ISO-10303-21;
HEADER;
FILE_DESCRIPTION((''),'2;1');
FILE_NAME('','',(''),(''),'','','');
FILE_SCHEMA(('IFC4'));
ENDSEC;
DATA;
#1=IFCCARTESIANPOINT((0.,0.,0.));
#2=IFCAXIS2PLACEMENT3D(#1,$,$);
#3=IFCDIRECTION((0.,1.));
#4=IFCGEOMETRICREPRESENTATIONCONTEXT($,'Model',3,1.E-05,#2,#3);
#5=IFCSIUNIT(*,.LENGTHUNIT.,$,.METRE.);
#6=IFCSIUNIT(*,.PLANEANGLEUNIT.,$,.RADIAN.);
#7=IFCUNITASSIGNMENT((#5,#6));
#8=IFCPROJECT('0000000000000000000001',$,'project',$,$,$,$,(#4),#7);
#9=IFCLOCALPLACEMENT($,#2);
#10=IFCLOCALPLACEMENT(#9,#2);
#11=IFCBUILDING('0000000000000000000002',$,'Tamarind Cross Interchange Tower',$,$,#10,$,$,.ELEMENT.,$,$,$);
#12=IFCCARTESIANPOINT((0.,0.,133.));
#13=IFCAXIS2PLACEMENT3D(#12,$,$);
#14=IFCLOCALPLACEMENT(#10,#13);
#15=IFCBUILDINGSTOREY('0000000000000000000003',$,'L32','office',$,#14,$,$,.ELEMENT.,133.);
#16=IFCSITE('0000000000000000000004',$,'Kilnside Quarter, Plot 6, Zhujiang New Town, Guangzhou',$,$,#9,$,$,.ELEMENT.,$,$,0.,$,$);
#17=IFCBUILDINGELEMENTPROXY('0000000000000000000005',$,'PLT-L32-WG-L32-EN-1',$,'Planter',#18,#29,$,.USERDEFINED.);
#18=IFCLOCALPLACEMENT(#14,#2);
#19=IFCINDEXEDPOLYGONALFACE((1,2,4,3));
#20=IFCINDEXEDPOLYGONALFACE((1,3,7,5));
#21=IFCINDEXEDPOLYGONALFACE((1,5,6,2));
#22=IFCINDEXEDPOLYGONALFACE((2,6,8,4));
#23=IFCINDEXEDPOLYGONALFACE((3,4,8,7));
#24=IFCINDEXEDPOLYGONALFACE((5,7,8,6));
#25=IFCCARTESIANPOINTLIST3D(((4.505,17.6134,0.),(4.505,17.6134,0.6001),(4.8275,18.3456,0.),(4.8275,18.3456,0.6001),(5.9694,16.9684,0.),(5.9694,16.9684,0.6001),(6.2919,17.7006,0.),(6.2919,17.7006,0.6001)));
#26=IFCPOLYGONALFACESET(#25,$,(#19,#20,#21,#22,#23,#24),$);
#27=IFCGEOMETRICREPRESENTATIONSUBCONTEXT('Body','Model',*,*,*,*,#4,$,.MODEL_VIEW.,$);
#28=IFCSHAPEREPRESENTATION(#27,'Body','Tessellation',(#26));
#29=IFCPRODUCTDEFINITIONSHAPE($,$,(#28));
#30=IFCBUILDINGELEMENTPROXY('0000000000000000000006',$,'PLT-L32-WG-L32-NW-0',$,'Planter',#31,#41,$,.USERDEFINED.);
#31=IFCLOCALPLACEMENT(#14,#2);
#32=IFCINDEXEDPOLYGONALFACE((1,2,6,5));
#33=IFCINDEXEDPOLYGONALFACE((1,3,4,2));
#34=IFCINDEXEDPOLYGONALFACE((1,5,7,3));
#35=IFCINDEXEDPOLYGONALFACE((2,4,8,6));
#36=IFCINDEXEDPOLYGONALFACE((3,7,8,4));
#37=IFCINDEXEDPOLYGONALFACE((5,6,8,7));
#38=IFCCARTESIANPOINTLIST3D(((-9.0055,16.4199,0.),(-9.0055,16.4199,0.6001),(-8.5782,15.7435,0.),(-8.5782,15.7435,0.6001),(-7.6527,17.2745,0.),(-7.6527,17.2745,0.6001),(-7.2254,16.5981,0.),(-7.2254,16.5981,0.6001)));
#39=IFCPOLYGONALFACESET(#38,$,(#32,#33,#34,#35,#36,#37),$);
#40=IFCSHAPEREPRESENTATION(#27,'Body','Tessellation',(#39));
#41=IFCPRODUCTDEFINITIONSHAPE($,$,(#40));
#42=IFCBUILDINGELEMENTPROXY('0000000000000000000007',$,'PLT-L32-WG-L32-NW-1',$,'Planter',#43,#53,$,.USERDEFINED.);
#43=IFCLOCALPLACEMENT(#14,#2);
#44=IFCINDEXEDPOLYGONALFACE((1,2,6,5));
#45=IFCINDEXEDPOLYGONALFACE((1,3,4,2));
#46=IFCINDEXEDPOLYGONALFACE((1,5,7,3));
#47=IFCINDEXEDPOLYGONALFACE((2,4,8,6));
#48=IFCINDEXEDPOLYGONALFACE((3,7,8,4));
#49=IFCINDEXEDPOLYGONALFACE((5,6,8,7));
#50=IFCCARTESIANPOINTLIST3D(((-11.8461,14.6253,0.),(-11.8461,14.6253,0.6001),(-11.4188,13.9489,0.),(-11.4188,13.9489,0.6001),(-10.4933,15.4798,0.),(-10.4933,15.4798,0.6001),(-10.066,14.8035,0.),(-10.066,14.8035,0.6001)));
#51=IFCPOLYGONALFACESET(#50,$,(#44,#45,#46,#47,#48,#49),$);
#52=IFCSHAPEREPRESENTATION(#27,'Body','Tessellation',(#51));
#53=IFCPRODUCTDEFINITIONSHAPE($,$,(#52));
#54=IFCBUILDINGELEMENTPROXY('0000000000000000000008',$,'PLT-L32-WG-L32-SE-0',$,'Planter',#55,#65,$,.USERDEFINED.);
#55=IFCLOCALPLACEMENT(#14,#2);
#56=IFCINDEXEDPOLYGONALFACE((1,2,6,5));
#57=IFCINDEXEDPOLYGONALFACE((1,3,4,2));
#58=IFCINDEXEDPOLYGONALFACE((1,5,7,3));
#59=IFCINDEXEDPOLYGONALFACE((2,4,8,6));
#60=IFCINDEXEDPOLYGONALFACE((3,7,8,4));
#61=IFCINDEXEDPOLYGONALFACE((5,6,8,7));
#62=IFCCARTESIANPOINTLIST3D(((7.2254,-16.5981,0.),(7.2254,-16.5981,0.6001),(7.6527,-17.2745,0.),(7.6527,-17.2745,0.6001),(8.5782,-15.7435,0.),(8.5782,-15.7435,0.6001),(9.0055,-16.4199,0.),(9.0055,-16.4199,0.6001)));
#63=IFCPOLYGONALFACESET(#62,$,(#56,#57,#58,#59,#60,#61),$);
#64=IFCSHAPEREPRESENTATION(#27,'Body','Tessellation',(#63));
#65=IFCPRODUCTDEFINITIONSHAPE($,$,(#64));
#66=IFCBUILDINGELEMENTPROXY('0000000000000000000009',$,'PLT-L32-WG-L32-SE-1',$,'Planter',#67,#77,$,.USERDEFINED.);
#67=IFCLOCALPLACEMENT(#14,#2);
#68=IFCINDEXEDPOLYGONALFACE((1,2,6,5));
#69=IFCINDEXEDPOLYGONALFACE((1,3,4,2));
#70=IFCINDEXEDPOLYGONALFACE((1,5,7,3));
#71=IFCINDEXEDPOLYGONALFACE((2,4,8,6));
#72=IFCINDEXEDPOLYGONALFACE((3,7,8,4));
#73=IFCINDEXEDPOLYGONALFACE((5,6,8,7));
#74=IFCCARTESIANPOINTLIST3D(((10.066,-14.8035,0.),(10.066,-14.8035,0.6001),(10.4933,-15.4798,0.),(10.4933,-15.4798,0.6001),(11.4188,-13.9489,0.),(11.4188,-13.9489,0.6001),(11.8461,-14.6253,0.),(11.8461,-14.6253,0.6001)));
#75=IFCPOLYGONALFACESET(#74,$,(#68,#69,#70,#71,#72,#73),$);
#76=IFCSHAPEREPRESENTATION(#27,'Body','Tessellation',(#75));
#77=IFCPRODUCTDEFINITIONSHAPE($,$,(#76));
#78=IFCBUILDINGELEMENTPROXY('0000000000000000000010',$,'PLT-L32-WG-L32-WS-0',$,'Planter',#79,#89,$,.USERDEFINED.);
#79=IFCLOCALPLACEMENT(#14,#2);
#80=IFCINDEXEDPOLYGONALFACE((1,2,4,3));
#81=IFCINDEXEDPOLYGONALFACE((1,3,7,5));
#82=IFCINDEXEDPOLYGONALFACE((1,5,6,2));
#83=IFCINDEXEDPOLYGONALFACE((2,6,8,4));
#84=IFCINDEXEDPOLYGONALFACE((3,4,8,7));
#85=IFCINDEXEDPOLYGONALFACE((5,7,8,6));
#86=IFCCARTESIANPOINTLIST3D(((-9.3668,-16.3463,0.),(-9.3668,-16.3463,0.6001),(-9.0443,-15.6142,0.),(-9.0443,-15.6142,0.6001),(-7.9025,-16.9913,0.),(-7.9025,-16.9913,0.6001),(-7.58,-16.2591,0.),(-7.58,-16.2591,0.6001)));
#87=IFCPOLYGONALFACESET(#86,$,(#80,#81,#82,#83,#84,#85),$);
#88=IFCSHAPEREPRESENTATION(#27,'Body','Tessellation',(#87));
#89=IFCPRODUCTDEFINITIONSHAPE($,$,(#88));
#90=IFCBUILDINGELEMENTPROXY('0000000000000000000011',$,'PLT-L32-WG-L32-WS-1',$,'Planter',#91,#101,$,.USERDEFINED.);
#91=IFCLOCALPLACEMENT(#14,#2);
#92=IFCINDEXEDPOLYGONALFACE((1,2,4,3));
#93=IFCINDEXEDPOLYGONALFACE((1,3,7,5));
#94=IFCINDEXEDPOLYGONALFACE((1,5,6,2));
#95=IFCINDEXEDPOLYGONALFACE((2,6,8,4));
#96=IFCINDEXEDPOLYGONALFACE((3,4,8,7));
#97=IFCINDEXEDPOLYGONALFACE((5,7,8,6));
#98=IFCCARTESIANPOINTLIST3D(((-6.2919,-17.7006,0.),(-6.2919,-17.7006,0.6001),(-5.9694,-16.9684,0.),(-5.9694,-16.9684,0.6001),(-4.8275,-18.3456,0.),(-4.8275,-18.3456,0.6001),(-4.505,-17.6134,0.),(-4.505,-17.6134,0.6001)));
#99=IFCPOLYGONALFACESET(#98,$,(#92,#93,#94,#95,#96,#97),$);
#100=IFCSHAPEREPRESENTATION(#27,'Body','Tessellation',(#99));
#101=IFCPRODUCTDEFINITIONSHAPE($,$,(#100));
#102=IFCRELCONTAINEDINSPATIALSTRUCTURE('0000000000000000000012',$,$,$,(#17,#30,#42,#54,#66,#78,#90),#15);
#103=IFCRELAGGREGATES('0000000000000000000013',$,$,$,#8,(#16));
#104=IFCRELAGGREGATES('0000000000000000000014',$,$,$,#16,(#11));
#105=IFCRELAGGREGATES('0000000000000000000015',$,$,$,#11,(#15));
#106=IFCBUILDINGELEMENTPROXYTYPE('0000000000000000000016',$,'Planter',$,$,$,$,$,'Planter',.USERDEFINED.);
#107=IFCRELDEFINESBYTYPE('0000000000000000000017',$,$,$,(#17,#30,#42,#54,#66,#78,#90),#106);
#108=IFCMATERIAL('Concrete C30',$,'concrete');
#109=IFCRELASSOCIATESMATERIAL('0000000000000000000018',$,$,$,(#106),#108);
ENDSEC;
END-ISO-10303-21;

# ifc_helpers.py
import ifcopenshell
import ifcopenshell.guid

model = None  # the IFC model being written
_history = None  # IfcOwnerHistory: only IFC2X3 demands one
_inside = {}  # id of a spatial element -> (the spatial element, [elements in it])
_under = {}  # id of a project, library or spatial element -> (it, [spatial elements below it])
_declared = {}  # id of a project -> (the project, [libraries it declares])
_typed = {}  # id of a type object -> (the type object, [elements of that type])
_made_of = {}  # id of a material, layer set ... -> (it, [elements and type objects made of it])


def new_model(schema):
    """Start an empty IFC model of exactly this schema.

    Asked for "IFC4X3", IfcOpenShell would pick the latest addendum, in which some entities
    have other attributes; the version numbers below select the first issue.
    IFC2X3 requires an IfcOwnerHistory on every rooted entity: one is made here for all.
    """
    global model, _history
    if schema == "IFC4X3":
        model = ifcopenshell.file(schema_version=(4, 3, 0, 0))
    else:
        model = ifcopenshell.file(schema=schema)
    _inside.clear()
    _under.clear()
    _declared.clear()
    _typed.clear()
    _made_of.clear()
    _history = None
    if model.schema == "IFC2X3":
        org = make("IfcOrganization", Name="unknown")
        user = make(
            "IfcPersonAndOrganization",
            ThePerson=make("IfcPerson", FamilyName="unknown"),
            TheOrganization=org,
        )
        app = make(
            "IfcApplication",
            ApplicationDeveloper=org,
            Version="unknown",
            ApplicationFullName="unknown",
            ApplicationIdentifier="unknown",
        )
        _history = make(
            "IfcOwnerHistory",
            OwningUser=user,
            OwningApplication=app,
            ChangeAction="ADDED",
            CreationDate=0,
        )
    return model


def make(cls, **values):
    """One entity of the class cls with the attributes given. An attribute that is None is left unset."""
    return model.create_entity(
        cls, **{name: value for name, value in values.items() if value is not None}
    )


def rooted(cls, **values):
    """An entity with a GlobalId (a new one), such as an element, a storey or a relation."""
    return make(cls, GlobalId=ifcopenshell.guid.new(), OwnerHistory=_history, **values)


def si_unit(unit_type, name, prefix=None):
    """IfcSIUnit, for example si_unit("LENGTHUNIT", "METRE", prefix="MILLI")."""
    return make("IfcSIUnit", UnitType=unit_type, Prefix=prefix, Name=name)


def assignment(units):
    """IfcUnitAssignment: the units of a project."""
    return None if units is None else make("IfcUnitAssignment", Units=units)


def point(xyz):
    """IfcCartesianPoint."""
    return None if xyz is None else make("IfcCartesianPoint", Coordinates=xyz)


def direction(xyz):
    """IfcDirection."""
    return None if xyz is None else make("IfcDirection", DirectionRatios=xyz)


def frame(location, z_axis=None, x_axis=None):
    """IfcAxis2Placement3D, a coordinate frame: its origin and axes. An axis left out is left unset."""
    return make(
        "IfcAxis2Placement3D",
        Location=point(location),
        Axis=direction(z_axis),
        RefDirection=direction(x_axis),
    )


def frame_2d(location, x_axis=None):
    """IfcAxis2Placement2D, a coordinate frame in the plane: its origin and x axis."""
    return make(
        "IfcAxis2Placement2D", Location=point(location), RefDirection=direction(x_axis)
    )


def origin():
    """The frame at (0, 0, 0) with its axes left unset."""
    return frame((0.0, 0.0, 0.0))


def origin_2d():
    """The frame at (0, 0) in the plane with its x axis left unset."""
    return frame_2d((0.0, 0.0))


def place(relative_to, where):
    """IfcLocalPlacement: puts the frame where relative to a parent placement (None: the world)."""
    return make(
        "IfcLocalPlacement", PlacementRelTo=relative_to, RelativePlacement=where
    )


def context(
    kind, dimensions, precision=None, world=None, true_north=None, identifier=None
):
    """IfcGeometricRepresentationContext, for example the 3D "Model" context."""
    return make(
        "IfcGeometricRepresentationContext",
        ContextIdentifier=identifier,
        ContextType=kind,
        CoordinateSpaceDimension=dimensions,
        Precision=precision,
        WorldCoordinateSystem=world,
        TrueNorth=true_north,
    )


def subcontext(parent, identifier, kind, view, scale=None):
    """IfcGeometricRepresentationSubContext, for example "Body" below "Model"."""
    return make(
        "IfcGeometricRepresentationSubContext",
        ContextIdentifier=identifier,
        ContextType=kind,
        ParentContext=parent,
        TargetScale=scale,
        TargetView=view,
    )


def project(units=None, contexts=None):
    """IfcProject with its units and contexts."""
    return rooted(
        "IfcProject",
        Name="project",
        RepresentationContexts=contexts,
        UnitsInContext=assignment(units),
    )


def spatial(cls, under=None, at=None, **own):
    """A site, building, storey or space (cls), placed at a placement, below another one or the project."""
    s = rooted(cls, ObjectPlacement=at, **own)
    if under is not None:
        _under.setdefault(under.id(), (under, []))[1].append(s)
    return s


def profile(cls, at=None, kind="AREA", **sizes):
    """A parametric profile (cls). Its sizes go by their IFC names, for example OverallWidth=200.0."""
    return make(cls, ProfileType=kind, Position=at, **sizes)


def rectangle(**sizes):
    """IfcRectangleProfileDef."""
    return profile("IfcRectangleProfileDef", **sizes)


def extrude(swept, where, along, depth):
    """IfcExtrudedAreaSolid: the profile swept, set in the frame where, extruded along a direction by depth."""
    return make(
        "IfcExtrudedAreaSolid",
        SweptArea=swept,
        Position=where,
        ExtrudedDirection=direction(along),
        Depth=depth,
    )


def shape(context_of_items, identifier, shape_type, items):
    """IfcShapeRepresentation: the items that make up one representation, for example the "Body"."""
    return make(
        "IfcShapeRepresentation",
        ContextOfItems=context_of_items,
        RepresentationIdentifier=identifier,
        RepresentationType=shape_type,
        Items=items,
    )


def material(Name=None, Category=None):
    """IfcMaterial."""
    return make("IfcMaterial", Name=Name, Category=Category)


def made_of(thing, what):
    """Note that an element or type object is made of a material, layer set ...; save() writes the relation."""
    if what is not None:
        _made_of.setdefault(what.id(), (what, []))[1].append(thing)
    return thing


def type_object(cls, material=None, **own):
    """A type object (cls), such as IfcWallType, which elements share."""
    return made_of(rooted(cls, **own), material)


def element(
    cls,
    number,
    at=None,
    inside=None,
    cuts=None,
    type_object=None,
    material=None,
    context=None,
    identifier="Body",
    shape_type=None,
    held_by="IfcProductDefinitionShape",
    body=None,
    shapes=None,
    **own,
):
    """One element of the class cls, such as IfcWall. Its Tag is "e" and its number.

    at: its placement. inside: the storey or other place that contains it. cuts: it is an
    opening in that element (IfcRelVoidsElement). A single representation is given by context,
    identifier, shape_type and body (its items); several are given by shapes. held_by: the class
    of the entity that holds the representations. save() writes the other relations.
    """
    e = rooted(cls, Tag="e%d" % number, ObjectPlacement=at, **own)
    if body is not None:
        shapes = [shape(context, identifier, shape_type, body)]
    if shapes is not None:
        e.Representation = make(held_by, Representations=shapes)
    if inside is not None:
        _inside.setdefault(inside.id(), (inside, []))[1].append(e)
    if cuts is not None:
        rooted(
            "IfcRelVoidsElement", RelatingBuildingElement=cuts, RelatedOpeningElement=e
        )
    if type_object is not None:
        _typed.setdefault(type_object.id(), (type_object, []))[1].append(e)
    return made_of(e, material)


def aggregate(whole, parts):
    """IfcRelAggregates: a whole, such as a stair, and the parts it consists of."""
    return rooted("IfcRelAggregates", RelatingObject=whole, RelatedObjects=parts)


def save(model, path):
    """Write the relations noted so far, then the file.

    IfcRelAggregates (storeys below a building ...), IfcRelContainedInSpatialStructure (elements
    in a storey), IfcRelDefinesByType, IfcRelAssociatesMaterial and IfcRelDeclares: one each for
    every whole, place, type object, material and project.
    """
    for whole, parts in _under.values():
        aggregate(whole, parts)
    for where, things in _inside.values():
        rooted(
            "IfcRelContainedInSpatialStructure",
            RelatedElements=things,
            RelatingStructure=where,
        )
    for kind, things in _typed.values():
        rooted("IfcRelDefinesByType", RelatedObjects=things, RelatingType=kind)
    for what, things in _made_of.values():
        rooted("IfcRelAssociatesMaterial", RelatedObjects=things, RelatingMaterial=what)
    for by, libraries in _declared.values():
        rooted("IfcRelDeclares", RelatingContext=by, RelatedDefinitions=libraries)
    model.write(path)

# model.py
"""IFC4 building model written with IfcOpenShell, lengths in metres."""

from ifc_helpers import new_model, si_unit, direction, frame, origin, origin_2d, place, context, subcontext, project, spatial, rectangle, extrude, material, type_object, element, save


model = new_model("IFC4")

# Units and contexts
model_context = context("Model", 3, precision=1e-05, world=origin(), true_north=direction((0.0, 1.0)))
body_context = subcontext(model_context, "Body", "Model", "MODEL_VIEW")
ifc_project = project(units=[si_unit("LENGTHUNIT", "METRE"), si_unit("PLANEANGLEUNIT", "RADIAN")], contexts=[model_context])

# Site, building, storey
site_placement = place(None, origin())
site = spatial("IfcSite", under=ifc_project, at=site_placement, Name="Kilnside Quarter, Plot 6, Zhujiang New Town, Guangzhou", CompositionType="ELEMENT", RefElevation=0.0)
building_placement = place(site_placement, origin())
building = spatial("IfcBuilding", under=site, at=building_placement, Name="Tamarind Cross Interchange Tower", CompositionType="ELEMENT")
storey_placement = place(building_placement, frame((0.0, 0.0, 133.0)))
storey = spatial("IfcBuildingStorey", under=building, at=storey_placement, Name="L32", Description="office", CompositionType="ELEMENT", Elevation=133.0)

# Building element proxies
ifc_material_1 = material(Name="Concrete C30", Category="concrete")
building_element_proxy_type = type_object("IfcBuildingElementProxyType", Name="Planter", ElementType="Planter", PredefinedType="USERDEFINED", material=ifc_material_1)
proxy_1_placement = place(storey_placement, origin())
element("IfcBuildingElementProxy", 1, at=proxy_1_placement, inside=storey, type_object=building_element_proxy_type, Name="PLT-L32-WG-L32-EN-1", ObjectType="Planter", PredefinedType="USERDEFINED", context=body_context, shape_type="SweptSolid", body=[
    extrude(rectangle(XDim=1.6001, YDim=0.8, at=origin_2d()), frame((5.3984, 17.657, 0.0), z_axis=(0.0, 0.0, 1.0), x_axis=(-0.915164, 0.403082, 0.0)), (0.0, 0.0, 1.0), 0.6001),
])
proxy_2_placement = place(storey_placement, origin())
element("IfcBuildingElementProxy", 2, at=proxy_2_placement, inside=storey, type_object=building_element_proxy_type, Name="PLT-L32-WG-L32-NW-0", ObjectType="Planter", PredefinedType="USERDEFINED", context=body_context, shape_type="SweptSolid", body=[
    extrude(rectangle(XDim=1.6001, YDim=0.8, at=origin_2d()), frame((-8.1155, 16.509, 0.0), z_axis=(0.0, 0.0, 1.0), x_axis=(-0.84543, -0.534087, 0.0)), (0.0, 0.0, 1.0), 0.6001),
])
proxy_3_placement = place(storey_placement, origin())
element("IfcBuildingElementProxy", 3, at=proxy_3_placement, inside=storey, type_object=building_element_proxy_type, Name="PLT-L32-WG-L32-NW-1", ObjectType="Planter", PredefinedType="USERDEFINED", context=body_context, shape_type="SweptSolid", body=[
    extrude(rectangle(XDim=1.6001, YDim=0.8, at=origin_2d()), frame((-10.9561, 14.7144, 0.0), z_axis=(0.0, 0.0, 1.0), x_axis=(-0.84543, -0.534087, 0.0)), (0.0, 0.0, 1.0), 0.6001),
])
proxy_4_placement = place(storey_placement, origin())
element("IfcBuildingElementProxy", 4, at=proxy_4_placement, inside=storey, type_object=building_element_proxy_type, Name="PLT-L32-WG-L32-SE-0", ObjectType="Planter", PredefinedType="USERDEFINED", context=body_context, shape_type="SweptSolid", body=[
    extrude(rectangle(XDim=1.6001, YDim=0.8, at=origin_2d()), frame((8.1155, -16.509, 0.0), z_axis=(0.0, 0.0, 1.0), x_axis=(0.84543, 0.534087, 0.0)), (0.0, 0.0, 1.0), 0.6001),
])
proxy_5_placement = place(storey_placement, origin())
element("IfcBuildingElementProxy", 5, at=proxy_5_placement, inside=storey, type_object=building_element_proxy_type, Name="PLT-L32-WG-L32-SE-1", ObjectType="Planter", PredefinedType="USERDEFINED", context=body_context, shape_type="SweptSolid", body=[
    extrude(rectangle(XDim=1.6001, YDim=0.8, at=origin_2d()), frame((10.9561, -14.7144, 0.0), z_axis=(0.0, 0.0, 1.0), x_axis=(0.84543, 0.534087, 0.0)), (0.0, 0.0, 1.0), 0.6001),
])
proxy_6_placement = place(storey_placement, origin())
element("IfcBuildingElementProxy", 6, at=proxy_6_placement, inside=storey, type_object=building_element_proxy_type, Name="PLT-L32-WG-L32-WS-0", ObjectType="Planter", PredefinedType="USERDEFINED", context=body_context, shape_type="SweptSolid", body=[
    extrude(rectangle(XDim=1.6001, YDim=0.8, at=origin_2d()), frame((-8.4734, -16.3027, 0.0), z_axis=(0.0, 0.0, 1.0), x_axis=(0.915164, -0.403082, 0.0)), (0.0, 0.0, 1.0), 0.6001),
])
proxy_7_placement = place(storey_placement, origin())
element("IfcBuildingElementProxy", 7, at=proxy_7_placement, inside=storey, type_object=building_element_proxy_type, Name="PLT-L32-WG-L32-WS-1", ObjectType="Planter", PredefinedType="USERDEFINED", context=body_context, shape_type="SweptSolid", body=[
    extrude(rectangle(XDim=1.6001, YDim=0.8, at=origin_2d()), frame((-5.3984, -17.657, 0.0), z_axis=(0.0, 0.0, 1.0), x_axis=(0.915164, -0.403082, 0.0)), (0.0, 0.0, 1.0), 0.6001),
])

save(model, "model.ifc")
